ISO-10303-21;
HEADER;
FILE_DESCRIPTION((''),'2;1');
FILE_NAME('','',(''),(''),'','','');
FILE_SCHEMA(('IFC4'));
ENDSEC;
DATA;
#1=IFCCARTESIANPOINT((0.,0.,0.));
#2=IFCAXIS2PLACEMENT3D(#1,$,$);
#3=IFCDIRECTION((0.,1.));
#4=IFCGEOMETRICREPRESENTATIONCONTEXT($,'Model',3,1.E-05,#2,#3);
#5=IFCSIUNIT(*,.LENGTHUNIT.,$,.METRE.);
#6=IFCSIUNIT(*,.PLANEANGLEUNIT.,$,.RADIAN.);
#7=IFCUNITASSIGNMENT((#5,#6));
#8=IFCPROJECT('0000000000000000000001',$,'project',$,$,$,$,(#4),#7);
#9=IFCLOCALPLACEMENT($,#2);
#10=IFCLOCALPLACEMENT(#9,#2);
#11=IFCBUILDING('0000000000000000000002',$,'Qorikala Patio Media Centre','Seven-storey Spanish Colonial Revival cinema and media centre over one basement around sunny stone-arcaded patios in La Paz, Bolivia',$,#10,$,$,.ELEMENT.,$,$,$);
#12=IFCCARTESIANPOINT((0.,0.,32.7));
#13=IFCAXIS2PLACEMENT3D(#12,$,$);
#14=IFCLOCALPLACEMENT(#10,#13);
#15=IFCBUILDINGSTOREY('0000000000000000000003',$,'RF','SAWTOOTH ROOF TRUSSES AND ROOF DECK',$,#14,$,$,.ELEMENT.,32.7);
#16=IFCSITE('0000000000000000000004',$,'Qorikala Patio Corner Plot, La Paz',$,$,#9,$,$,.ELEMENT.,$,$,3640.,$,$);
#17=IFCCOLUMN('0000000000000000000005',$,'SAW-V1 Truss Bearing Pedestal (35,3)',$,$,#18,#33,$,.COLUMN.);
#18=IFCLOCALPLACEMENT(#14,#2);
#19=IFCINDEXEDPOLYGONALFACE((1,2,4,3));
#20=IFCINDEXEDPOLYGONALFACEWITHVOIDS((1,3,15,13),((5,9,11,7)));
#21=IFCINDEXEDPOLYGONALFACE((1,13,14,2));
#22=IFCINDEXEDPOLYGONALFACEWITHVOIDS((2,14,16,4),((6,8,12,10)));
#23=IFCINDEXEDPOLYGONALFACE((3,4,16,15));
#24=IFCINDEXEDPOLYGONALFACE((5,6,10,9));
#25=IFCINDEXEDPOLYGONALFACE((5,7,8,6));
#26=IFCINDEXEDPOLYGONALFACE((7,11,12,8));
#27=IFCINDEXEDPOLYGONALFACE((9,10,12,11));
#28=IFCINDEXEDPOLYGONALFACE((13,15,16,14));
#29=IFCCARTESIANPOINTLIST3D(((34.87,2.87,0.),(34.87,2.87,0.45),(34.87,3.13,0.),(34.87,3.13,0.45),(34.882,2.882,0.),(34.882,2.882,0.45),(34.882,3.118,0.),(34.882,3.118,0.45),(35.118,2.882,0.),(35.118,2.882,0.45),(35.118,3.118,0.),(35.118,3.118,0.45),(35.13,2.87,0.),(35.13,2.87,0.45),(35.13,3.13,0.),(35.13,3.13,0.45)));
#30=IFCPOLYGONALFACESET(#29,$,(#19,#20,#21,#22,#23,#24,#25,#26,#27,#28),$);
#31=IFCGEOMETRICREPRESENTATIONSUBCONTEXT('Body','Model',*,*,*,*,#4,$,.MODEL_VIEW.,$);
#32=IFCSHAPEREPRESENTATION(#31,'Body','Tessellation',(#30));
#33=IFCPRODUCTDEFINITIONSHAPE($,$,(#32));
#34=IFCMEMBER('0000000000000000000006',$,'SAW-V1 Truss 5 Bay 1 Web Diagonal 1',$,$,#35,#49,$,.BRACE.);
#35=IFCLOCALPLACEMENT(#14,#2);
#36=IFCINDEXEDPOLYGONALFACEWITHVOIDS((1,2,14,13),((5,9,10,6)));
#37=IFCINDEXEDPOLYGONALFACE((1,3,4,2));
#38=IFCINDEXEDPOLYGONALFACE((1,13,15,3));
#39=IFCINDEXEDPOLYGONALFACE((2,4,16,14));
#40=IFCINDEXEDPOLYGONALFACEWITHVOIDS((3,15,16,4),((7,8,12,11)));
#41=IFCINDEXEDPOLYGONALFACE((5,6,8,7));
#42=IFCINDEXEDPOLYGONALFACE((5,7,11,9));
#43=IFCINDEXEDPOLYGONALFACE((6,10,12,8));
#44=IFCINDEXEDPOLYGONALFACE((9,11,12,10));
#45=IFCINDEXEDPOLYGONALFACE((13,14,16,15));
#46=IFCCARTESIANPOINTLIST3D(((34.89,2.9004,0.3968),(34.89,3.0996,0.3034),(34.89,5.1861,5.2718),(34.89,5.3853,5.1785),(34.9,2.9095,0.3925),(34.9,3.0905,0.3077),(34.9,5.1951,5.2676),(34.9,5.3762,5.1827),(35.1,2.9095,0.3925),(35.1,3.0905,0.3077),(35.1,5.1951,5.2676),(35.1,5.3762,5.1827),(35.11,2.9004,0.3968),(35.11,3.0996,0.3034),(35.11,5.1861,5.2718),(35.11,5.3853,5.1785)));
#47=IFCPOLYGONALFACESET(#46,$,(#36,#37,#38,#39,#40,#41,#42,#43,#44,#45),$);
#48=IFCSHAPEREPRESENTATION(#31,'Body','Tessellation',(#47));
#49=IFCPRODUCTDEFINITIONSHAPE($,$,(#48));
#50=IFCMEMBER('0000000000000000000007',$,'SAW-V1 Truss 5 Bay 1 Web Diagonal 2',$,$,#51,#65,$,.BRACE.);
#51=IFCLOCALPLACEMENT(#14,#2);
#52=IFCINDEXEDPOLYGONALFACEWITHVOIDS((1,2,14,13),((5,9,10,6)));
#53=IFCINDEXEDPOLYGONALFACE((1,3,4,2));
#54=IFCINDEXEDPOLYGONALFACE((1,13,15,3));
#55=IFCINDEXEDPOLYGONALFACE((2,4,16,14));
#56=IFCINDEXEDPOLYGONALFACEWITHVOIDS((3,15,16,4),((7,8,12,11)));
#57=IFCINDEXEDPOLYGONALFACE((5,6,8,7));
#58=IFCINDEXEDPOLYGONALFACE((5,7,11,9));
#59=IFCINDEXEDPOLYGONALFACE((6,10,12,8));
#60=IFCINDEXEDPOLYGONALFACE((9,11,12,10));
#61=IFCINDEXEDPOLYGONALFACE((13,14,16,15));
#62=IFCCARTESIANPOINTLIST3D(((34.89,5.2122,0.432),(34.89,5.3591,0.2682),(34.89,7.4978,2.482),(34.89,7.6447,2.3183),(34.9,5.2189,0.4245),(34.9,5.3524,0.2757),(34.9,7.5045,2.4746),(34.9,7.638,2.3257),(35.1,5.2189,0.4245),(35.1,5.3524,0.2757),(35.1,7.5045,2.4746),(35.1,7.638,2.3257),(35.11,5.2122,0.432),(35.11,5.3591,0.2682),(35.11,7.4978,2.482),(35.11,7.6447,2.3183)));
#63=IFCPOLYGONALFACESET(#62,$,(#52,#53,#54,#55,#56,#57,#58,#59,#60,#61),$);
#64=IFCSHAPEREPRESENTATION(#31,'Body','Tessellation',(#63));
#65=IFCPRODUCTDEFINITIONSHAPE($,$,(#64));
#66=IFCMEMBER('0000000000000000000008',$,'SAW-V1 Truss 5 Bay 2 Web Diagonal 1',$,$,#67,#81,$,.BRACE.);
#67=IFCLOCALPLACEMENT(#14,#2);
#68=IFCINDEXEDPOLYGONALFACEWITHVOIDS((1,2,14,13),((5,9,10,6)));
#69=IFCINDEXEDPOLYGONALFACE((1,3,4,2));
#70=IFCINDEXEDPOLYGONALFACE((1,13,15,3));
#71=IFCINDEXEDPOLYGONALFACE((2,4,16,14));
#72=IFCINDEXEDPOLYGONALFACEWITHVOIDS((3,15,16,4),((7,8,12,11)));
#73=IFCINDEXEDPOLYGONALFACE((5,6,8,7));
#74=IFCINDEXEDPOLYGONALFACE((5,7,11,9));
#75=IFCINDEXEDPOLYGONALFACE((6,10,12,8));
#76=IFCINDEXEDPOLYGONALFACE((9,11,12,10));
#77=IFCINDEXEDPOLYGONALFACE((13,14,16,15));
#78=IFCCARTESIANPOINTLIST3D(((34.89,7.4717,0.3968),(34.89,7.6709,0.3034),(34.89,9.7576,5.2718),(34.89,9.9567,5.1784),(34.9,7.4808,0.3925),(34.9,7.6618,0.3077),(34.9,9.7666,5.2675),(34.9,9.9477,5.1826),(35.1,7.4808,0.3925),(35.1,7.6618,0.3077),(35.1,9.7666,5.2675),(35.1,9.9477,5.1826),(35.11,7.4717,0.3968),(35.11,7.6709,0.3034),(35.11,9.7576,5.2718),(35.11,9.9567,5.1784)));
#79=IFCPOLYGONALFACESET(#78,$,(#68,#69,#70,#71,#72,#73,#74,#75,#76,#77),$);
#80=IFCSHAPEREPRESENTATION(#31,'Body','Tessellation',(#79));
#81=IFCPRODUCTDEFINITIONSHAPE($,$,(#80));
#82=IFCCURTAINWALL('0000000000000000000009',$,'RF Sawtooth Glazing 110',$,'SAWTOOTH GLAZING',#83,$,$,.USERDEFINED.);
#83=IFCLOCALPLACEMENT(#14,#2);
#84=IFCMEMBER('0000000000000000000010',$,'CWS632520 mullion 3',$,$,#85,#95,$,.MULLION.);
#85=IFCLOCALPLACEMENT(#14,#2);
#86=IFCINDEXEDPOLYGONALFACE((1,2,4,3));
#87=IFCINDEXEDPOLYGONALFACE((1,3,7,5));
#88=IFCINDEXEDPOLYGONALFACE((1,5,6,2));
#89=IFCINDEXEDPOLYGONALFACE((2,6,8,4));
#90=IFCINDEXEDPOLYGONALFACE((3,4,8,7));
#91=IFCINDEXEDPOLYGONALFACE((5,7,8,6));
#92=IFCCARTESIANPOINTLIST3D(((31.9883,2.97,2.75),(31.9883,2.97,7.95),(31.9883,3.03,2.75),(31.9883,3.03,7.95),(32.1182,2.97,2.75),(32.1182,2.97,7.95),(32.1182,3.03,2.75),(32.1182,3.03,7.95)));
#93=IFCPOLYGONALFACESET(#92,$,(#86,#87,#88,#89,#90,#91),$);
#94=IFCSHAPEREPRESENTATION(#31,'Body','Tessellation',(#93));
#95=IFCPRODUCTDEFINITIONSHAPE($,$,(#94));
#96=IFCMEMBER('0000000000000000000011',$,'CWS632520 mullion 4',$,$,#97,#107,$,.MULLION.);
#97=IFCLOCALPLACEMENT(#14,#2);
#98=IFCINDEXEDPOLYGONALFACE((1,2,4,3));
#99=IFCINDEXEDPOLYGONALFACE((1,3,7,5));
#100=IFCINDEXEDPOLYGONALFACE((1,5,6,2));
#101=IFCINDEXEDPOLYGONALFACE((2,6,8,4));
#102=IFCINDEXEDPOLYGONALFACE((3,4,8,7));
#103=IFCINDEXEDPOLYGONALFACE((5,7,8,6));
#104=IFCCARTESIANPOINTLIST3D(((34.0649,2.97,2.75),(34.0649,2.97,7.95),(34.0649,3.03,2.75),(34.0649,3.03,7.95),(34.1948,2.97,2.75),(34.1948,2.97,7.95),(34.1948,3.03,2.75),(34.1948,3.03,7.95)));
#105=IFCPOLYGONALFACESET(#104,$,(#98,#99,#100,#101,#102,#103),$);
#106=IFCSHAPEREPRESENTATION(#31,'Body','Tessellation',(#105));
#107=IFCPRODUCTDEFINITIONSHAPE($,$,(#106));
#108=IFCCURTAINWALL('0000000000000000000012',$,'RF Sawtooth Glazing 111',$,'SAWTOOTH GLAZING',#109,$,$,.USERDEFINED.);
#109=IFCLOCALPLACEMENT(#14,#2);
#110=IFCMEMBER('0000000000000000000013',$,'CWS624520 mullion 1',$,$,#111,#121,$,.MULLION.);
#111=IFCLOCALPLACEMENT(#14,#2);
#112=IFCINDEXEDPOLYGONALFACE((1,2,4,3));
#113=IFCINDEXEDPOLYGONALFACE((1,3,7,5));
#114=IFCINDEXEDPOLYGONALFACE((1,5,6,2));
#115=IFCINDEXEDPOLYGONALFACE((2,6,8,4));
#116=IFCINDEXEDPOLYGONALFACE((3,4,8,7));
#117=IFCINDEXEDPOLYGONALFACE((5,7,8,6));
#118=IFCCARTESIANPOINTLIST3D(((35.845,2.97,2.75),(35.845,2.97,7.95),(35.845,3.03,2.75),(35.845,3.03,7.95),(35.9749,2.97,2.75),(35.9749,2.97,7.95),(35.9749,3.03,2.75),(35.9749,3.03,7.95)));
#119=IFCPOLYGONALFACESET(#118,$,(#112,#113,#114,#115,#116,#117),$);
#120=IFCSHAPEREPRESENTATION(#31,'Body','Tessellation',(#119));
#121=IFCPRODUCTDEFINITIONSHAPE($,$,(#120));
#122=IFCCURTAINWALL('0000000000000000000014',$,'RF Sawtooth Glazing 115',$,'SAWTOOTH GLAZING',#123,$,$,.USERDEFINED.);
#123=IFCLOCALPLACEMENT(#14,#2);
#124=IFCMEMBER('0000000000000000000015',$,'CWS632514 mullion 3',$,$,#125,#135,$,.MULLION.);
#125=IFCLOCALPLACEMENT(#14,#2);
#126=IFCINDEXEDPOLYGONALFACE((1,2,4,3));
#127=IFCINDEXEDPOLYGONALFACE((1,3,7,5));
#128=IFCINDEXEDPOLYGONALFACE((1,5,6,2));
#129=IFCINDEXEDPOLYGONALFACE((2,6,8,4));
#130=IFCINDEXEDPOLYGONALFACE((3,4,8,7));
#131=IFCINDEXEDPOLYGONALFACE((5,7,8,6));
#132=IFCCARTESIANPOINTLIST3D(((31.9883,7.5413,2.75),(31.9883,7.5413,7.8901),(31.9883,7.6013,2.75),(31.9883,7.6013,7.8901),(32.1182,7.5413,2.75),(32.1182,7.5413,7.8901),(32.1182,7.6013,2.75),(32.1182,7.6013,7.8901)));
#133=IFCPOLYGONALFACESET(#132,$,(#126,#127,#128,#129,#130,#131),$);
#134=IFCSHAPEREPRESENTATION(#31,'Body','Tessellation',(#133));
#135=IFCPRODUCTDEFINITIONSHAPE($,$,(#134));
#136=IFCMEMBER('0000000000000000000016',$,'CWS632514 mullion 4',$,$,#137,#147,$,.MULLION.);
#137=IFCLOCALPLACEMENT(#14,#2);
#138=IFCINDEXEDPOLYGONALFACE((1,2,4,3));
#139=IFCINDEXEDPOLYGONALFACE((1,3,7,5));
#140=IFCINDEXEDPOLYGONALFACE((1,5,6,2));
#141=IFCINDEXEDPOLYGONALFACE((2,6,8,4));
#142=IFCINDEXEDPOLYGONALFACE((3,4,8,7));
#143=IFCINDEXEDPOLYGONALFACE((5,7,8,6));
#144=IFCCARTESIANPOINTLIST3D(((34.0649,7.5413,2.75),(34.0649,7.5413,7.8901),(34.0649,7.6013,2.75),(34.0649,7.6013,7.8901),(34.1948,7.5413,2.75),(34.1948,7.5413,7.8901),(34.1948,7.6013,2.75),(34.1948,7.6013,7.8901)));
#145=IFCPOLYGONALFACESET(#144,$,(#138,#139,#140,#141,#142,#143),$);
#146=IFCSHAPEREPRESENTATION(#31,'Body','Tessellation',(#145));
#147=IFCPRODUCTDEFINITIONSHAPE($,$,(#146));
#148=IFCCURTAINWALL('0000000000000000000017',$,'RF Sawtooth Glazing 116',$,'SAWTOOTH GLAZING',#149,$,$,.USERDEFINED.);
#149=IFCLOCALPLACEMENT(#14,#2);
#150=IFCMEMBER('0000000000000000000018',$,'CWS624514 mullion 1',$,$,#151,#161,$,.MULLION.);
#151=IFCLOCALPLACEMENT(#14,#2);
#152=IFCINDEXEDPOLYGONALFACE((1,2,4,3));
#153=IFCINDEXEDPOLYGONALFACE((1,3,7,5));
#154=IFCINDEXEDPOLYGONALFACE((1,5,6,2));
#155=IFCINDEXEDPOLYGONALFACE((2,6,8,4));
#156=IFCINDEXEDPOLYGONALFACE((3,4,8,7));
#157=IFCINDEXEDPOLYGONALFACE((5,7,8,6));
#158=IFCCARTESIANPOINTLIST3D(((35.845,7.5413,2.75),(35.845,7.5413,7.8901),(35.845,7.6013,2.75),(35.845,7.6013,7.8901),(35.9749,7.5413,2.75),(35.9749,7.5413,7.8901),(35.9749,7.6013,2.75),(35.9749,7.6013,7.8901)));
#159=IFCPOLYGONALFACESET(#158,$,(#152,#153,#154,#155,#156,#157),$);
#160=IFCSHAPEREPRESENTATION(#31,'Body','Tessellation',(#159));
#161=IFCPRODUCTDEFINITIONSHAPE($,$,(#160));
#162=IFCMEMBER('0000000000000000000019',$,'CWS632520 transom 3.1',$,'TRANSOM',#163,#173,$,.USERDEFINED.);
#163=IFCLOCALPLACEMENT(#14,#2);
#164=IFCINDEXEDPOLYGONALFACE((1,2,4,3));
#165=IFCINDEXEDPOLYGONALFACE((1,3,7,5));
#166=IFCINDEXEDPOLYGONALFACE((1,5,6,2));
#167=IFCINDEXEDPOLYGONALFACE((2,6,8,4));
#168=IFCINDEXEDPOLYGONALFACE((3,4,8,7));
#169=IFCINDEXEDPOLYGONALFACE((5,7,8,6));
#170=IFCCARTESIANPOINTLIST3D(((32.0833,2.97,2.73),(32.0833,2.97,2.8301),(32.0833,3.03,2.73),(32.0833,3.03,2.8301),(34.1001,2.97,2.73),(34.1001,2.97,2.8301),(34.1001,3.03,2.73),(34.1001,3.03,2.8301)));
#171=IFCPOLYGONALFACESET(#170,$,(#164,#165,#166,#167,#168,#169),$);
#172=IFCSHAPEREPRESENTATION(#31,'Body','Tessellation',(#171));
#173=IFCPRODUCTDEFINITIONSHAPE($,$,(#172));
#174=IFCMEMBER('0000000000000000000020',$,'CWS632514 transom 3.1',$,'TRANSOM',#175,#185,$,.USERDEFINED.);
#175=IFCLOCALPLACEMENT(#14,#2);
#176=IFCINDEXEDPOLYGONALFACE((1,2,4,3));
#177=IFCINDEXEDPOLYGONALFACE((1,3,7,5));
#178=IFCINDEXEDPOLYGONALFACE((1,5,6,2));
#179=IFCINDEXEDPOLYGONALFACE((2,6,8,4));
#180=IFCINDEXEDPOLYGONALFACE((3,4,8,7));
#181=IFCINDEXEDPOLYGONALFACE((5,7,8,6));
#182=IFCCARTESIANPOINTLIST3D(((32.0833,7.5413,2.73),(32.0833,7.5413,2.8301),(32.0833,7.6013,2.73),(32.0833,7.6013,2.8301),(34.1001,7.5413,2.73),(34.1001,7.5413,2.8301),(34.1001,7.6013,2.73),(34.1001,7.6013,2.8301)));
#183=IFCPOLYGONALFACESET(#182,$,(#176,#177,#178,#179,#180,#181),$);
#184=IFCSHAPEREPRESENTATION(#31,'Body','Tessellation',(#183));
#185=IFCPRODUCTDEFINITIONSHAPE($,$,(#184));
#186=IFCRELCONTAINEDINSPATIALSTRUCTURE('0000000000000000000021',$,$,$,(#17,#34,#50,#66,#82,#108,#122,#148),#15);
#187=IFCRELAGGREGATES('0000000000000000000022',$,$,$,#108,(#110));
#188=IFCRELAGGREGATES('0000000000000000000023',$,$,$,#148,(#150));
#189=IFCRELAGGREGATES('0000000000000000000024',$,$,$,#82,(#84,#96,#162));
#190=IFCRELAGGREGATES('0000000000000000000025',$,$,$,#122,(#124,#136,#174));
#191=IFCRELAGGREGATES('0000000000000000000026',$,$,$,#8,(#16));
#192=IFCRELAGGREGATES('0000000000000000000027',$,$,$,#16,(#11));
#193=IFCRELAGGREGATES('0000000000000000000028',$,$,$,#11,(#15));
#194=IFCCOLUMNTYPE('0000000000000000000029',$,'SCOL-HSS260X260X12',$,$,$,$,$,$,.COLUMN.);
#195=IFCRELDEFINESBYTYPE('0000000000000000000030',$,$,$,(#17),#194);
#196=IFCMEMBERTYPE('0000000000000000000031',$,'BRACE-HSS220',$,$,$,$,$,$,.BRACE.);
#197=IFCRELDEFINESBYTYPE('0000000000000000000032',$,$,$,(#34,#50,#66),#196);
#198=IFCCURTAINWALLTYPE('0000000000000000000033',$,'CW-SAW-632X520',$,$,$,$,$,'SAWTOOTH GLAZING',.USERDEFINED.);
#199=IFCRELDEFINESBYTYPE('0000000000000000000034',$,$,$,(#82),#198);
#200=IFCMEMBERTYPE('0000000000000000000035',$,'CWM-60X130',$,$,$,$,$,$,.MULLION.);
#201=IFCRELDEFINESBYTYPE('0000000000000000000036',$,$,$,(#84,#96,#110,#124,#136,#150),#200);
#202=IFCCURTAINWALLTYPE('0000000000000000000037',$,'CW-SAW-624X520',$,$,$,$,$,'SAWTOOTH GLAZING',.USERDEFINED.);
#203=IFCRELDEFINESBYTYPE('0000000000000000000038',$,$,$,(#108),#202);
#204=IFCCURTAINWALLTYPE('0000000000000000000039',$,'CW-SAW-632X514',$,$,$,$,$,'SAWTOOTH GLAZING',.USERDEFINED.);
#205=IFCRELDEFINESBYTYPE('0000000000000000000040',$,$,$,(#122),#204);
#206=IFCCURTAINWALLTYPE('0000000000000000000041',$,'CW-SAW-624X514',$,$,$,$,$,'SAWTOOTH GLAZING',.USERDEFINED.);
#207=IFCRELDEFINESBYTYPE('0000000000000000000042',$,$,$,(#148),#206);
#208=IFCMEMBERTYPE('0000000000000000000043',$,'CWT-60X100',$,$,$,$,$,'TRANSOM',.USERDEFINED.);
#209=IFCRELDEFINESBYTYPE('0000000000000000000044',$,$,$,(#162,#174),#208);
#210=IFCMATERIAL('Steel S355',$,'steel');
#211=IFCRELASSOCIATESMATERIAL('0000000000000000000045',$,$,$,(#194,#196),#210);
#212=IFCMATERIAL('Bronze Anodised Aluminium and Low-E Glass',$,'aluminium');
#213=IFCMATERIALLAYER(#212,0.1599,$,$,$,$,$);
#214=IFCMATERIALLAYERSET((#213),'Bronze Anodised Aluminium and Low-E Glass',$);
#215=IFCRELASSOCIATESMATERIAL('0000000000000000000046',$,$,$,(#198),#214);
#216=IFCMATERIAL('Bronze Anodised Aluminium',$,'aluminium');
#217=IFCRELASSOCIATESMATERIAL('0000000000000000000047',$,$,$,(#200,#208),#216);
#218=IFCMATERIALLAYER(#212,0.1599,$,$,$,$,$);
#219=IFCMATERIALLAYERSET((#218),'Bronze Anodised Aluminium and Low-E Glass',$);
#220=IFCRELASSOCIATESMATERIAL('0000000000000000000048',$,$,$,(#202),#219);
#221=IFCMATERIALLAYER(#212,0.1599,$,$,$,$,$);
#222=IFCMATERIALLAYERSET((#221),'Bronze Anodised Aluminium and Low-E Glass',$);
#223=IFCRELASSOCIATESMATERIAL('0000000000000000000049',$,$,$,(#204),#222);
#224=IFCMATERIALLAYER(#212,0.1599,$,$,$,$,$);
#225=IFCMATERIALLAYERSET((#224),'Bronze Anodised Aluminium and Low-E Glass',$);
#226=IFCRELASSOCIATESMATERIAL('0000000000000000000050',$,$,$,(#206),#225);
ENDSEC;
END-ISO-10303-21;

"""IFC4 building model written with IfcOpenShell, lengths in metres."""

from ifc_helpers import new_model, si_unit, direction, frame, origin, origin_2d, place, context, subcontext, project, spatial, rectangle, hollow_rectangle, extrude, material, layer, layer_set, material_profile, profile_set, type_object, element, aggregate, save


model = new_model("IFC4")

# Units and contexts
model_context = context("Model", 3, precision=1e-05, world=origin(), true_north=direction((0.0, 1.0)))
body_context = subcontext(model_context, "Body", "Model", "MODEL_VIEW")
ifc_project = project(units=[si_unit("LENGTHUNIT", "METRE"), si_unit("PLANEANGLEUNIT", "RADIAN")], contexts=[model_context])

# Site, building, storey
site_placement = place(None, origin())
site = spatial("IfcSite", under=ifc_project, at=site_placement, Name="Qorikala Patio Corner Plot, La Paz", CompositionType="ELEMENT", RefElevation=3640.0)
building_placement = place(site_placement, origin())
building = spatial("IfcBuilding", under=site, at=building_placement, Name="Qorikala Patio Media Centre", Description="Seven-storey Spanish Colonial Revival cinema and media centre over one basement around sunny stone-arcaded patios in La Paz, Bolivia", CompositionType="ELEMENT")
storey_placement = place(building_placement, frame((0.0, 0.0, 32.7)))
storey = spatial("IfcBuildingStorey", under=building, at=storey_placement, Name="RF", Description="SAWTOOTH ROOF TRUSSES AND ROOF DECK", CompositionType="ELEMENT", Elevation=32.7)

# Column
ifc_material_1 = material(Name="Steel S355", Category="steel")
ifc_material_profile_1 = material_profile(ifc_material_1, hollow_rectangle(XDim=0.26, YDim=0.26, WallThickness=0.012, at=origin_2d()), Name="HSS260X260X12")
ifc_profile_set_1 = profile_set([ifc_material_profile_1], Name="Steel S355")
column_type = type_object("IfcColumnType", Name="SCOL-HSS260X260X12", PredefinedType="COLUMN", material=ifc_profile_set_1)
column_placement = place(storey_placement, frame((35.0, 3.0, 0.0), z_axis=(0.0, 0.0, 1.0), x_axis=(1.0, 0.0, 0.0)))
element("IfcColumn", 1, at=column_placement, inside=storey, type_object=column_type, Name="SAW-V1 Truss Bearing Pedestal (35,3)", PredefinedType="COLUMN", context=body_context, shape_type="SweptSolid", body=[
    extrude(hollow_rectangle(XDim=0.26, YDim=0.26, WallThickness=0.012, at=origin_2d()), origin(), (0.0, 0.0, 1.0), 0.45),
])

# Members
ifc_material_profile_2 = material_profile(ifc_material_1, hollow_rectangle(XDim=0.22, YDim=0.22, WallThickness=0.01, at=origin_2d()), Name="HSS220X220X10")
ifc_profile_set_2 = profile_set([ifc_material_profile_2], Name="Steel S355")
member_type_1 = type_object("IfcMemberType", Name="BRACE-HSS220", PredefinedType="BRACE", material=ifc_profile_set_2)
member_1_placement = place(storey_placement, frame((35.0, 3.0, 0.3501), z_axis=(0.0, 0.424508, 0.905424), x_axis=(-1.0, 0.0, 0.0)))
element("IfcMember", 2, at=member_1_placement, inside=storey, type_object=member_type_1, Name="SAW-V1 Truss 5 Bay 1 Web Diagonal 1", PredefinedType="BRACE", context=body_context, shape_type="SweptSolid", body=[
    extrude(hollow_rectangle(XDim=0.22, YDim=0.22, WallThickness=0.01, at=origin_2d()), origin(), (0.0, 0.0, 1.0), 5.3843),
])
member_2_placement = place(storey_placement, frame((35.0, 5.2856, 0.3501), z_axis=(0.0, 0.744432, 0.667699), x_axis=(-1.0, 0.0, 0.0)))
element("IfcMember", 3, at=member_2_placement, inside=storey, type_object=member_type_1, Name="SAW-V1 Truss 5 Bay 1 Web Diagonal 2", PredefinedType="BRACE", context=body_context, shape_type="SweptSolid", body=[
    extrude(hollow_rectangle(XDim=0.22, YDim=0.22, WallThickness=0.01, at=origin_2d()), origin(), (0.0, 0.0, 1.0), 3.0703),
])
member_3_placement = place(storey_placement, frame((35.0, 7.5713, 0.3501), z_axis=(0.0, 0.424545, 0.905407), x_axis=(-1.0, 0.0, 0.0)))
element("IfcMember", 4, at=member_3_placement, inside=storey, type_object=member_type_1, Name="SAW-V1 Truss 5 Bay 2 Web Diagonal 1", PredefinedType="BRACE", context=body_context, shape_type="SweptSolid", body=[
    extrude(hollow_rectangle(XDim=0.22, YDim=0.22, WallThickness=0.01, at=origin_2d()), origin(), (0.0, 0.0, 1.0), 5.3843),
])

# Curtain wall, members
ifc_material_2 = material(Name="Bronze Anodised Aluminium and Low-E Glass", Category="aluminium")
ifc_layer_1 = layer(ifc_material_2, 0.1599)
ifc_layer_set_1 = layer_set([ifc_layer_1], Name="Bronze Anodised Aluminium and Low-E Glass")
curtain_wall_type_1 = type_object("IfcCurtainWallType", Name="CW-SAW-632X520", ElementType="SAWTOOTH GLAZING", PredefinedType="USERDEFINED", material=ifc_layer_set_1)
curtain_wall_1_placement = place(storey_placement, origin())
curtain_wall_1 = element("IfcCurtainWall", 5, at=curtain_wall_1_placement, inside=storey, type_object=curtain_wall_type_1, Name="RF Sawtooth Glazing 110", ObjectType="SAWTOOTH GLAZING", PredefinedType="USERDEFINED")
ifc_material_3 = material(Name="Bronze Anodised Aluminium", Category="aluminium")
ifc_material_profile_3 = material_profile(ifc_material_3, rectangle(XDim=0.0601, YDim=0.1299, at=origin_2d()), Name="ALU MULLION 60x130")
ifc_profile_set_3 = profile_set([ifc_material_profile_3], Name="Bronze Anodised Aluminium")
member_type_2 = type_object("IfcMemberType", Name="CWM-60X130", PredefinedType="MULLION", material=ifc_profile_set_3)
member_4_placement = place(storey_placement, frame((32.0532, 3.0, 2.75), z_axis=(0.0, 0.0, 1.0), x_axis=(0.0, 1.0, 0.0)))
member_4 = element("IfcMember", 6, at=member_4_placement, type_object=member_type_2, Name="CWS632520 mullion 3", PredefinedType="MULLION", context=body_context, shape_type="SweptSolid", body=[
    extrude(rectangle(XDim=0.0601, YDim=0.1299, at=origin_2d()), origin(), (0.0, 0.0, 1.0), 5.2),
])
member_5_placement = place(storey_placement, frame((34.1299, 3.0, 2.75), z_axis=(0.0, 0.0, 1.0), x_axis=(0.0, 1.0, 0.0)))
member_5 = element("IfcMember", 7, at=member_5_placement, type_object=member_type_2, Name="CWS632520 mullion 4", PredefinedType="MULLION", context=body_context, shape_type="SweptSolid", body=[
    extrude(rectangle(XDim=0.0601, YDim=0.1299, at=origin_2d()), origin(), (0.0, 0.0, 1.0), 5.2),
])

# Curtain wall, member
ifc_layer_2 = layer(ifc_material_2, 0.1599)
ifc_layer_set_2 = layer_set([ifc_layer_2], Name="Bronze Anodised Aluminium and Low-E Glass")
curtain_wall_type_2 = type_object("IfcCurtainWallType", Name="CW-SAW-624X520", ElementType="SAWTOOTH GLAZING", PredefinedType="USERDEFINED", material=ifc_layer_set_2)
curtain_wall_2_placement = place(storey_placement, origin())
curtain_wall_2 = element("IfcCurtainWall", 8, at=curtain_wall_2_placement, inside=storey, type_object=curtain_wall_type_2, Name="RF Sawtooth Glazing 111", ObjectType="SAWTOOTH GLAZING", PredefinedType="USERDEFINED")
member_6_placement = place(storey_placement, frame((35.9099, 3.0, 2.75), z_axis=(0.0, 0.0, 1.0), x_axis=(0.0, 1.0, 0.0)))
member_6 = element("IfcMember", 9, at=member_6_placement, type_object=member_type_2, Name="CWS624520 mullion 1", PredefinedType="MULLION", context=body_context, shape_type="SweptSolid", body=[
    extrude(rectangle(XDim=0.0601, YDim=0.1299, at=origin_2d()), origin(), (0.0, 0.0, 1.0), 5.2),
])
aggregate(curtain_wall_2, [member_6])

# Curtain wall, members
ifc_layer_3 = layer(ifc_material_2, 0.1599)
ifc_layer_set_3 = layer_set([ifc_layer_3], Name="Bronze Anodised Aluminium and Low-E Glass")
curtain_wall_type_3 = type_object("IfcCurtainWallType", Name="CW-SAW-632X514", ElementType="SAWTOOTH GLAZING", PredefinedType="USERDEFINED", material=ifc_layer_set_3)
curtain_wall_3_placement = place(storey_placement, origin())
curtain_wall_3 = element("IfcCurtainWall", 10, at=curtain_wall_3_placement, inside=storey, type_object=curtain_wall_type_3, Name="RF Sawtooth Glazing 115", ObjectType="SAWTOOTH GLAZING", PredefinedType="USERDEFINED")
member_7_placement = place(storey_placement, frame((32.0532, 7.5713, 2.75), z_axis=(0.0, 0.0, 1.0), x_axis=(0.0, 1.0, 0.0)))
member_7 = element("IfcMember", 11, at=member_7_placement, type_object=member_type_2, Name="CWS632514 mullion 3", PredefinedType="MULLION", context=body_context, shape_type="SweptSolid", body=[
    extrude(rectangle(XDim=0.0601, YDim=0.1299, at=origin_2d()), origin(), (0.0, 0.0, 1.0), 5.1401),
])
member_8_placement = place(storey_placement, frame((34.1299, 7.5713, 2.75), z_axis=(0.0, 0.0, 1.0), x_axis=(0.0, 1.0, 0.0)))
member_8 = element("IfcMember", 12, at=member_8_placement, type_object=member_type_2, Name="CWS632514 mullion 4", PredefinedType="MULLION", context=body_context, shape_type="SweptSolid", body=[
    extrude(rectangle(XDim=0.0601, YDim=0.1299, at=origin_2d()), origin(), (0.0, 0.0, 1.0), 5.1401),
])

# Curtain wall, member
ifc_layer_4 = layer(ifc_material_2, 0.1599)
ifc_layer_set_4 = layer_set([ifc_layer_4], Name="Bronze Anodised Aluminium and Low-E Glass")
curtain_wall_type_4 = type_object("IfcCurtainWallType", Name="CW-SAW-624X514", ElementType="SAWTOOTH GLAZING", PredefinedType="USERDEFINED", material=ifc_layer_set_4)
curtain_wall_4_placement = place(storey_placement, origin())
curtain_wall_4 = element("IfcCurtainWall", 13, at=curtain_wall_4_placement, inside=storey, type_object=curtain_wall_type_4, Name="RF Sawtooth Glazing 116", ObjectType="SAWTOOTH GLAZING", PredefinedType="USERDEFINED")
member_9_placement = place(storey_placement, frame((35.9099, 7.5713, 2.75), z_axis=(0.0, 0.0, 1.0), x_axis=(0.0, 1.0, 0.0)))
member_9 = element("IfcMember", 14, at=member_9_placement, type_object=member_type_2, Name="CWS624514 mullion 1", PredefinedType="MULLION", context=body_context, shape_type="SweptSolid", body=[
    extrude(rectangle(XDim=0.0601, YDim=0.1299, at=origin_2d()), origin(), (0.0, 0.0, 1.0), 5.1401),
])
aggregate(curtain_wall_4, [member_9])

# Members
ifc_material_profile_4 = material_profile(ifc_material_3, rectangle(XDim=0.0601, YDim=0.1001, at=origin_2d()), Name="ALU TRANSOM 60x100")
ifc_profile_set_4 = profile_set([ifc_material_profile_4], Name="Bronze Anodised Aluminium")
member_type_3 = type_object("IfcMemberType", Name="CWT-60X100", ElementType="TRANSOM", PredefinedType="USERDEFINED", material=ifc_profile_set_4)
member_10_placement = place(storey_placement, frame((32.0833, 3.0, 2.78), z_axis=(1.0, 0.0, 0.0), x_axis=(0.0, 1.0, 0.0)))
member_10 = element("IfcMember", 15, at=member_10_placement, type_object=member_type_3, Name="CWS632520 transom 3.1", ObjectType="TRANSOM", PredefinedType="USERDEFINED", context=body_context, shape_type="SweptSolid", body=[
    extrude(rectangle(XDim=0.0601, YDim=0.1001, at=origin_2d()), origin(), (0.0, 0.0, 1.0), 2.0168),
])
aggregate(curtain_wall_1, [member_4, member_5, member_10])
member_11_placement = place(storey_placement, frame((32.0833, 7.5713, 2.78), z_axis=(1.0, 0.0, 0.0), x_axis=(0.0, 1.0, 0.0)))
member_11 = element("IfcMember", 16, at=member_11_placement, type_object=member_type_3, Name="CWS632514 transom 3.1", ObjectType="TRANSOM", PredefinedType="USERDEFINED", context=body_context, shape_type="SweptSolid", body=[
    extrude(rectangle(XDim=0.0601, YDim=0.1001, at=origin_2d()), origin(), (0.0, 0.0, 1.0), 2.0168),
])
aggregate(curtain_wall_3, [member_7, member_8, member_11])

save(model, "model.ifc")
